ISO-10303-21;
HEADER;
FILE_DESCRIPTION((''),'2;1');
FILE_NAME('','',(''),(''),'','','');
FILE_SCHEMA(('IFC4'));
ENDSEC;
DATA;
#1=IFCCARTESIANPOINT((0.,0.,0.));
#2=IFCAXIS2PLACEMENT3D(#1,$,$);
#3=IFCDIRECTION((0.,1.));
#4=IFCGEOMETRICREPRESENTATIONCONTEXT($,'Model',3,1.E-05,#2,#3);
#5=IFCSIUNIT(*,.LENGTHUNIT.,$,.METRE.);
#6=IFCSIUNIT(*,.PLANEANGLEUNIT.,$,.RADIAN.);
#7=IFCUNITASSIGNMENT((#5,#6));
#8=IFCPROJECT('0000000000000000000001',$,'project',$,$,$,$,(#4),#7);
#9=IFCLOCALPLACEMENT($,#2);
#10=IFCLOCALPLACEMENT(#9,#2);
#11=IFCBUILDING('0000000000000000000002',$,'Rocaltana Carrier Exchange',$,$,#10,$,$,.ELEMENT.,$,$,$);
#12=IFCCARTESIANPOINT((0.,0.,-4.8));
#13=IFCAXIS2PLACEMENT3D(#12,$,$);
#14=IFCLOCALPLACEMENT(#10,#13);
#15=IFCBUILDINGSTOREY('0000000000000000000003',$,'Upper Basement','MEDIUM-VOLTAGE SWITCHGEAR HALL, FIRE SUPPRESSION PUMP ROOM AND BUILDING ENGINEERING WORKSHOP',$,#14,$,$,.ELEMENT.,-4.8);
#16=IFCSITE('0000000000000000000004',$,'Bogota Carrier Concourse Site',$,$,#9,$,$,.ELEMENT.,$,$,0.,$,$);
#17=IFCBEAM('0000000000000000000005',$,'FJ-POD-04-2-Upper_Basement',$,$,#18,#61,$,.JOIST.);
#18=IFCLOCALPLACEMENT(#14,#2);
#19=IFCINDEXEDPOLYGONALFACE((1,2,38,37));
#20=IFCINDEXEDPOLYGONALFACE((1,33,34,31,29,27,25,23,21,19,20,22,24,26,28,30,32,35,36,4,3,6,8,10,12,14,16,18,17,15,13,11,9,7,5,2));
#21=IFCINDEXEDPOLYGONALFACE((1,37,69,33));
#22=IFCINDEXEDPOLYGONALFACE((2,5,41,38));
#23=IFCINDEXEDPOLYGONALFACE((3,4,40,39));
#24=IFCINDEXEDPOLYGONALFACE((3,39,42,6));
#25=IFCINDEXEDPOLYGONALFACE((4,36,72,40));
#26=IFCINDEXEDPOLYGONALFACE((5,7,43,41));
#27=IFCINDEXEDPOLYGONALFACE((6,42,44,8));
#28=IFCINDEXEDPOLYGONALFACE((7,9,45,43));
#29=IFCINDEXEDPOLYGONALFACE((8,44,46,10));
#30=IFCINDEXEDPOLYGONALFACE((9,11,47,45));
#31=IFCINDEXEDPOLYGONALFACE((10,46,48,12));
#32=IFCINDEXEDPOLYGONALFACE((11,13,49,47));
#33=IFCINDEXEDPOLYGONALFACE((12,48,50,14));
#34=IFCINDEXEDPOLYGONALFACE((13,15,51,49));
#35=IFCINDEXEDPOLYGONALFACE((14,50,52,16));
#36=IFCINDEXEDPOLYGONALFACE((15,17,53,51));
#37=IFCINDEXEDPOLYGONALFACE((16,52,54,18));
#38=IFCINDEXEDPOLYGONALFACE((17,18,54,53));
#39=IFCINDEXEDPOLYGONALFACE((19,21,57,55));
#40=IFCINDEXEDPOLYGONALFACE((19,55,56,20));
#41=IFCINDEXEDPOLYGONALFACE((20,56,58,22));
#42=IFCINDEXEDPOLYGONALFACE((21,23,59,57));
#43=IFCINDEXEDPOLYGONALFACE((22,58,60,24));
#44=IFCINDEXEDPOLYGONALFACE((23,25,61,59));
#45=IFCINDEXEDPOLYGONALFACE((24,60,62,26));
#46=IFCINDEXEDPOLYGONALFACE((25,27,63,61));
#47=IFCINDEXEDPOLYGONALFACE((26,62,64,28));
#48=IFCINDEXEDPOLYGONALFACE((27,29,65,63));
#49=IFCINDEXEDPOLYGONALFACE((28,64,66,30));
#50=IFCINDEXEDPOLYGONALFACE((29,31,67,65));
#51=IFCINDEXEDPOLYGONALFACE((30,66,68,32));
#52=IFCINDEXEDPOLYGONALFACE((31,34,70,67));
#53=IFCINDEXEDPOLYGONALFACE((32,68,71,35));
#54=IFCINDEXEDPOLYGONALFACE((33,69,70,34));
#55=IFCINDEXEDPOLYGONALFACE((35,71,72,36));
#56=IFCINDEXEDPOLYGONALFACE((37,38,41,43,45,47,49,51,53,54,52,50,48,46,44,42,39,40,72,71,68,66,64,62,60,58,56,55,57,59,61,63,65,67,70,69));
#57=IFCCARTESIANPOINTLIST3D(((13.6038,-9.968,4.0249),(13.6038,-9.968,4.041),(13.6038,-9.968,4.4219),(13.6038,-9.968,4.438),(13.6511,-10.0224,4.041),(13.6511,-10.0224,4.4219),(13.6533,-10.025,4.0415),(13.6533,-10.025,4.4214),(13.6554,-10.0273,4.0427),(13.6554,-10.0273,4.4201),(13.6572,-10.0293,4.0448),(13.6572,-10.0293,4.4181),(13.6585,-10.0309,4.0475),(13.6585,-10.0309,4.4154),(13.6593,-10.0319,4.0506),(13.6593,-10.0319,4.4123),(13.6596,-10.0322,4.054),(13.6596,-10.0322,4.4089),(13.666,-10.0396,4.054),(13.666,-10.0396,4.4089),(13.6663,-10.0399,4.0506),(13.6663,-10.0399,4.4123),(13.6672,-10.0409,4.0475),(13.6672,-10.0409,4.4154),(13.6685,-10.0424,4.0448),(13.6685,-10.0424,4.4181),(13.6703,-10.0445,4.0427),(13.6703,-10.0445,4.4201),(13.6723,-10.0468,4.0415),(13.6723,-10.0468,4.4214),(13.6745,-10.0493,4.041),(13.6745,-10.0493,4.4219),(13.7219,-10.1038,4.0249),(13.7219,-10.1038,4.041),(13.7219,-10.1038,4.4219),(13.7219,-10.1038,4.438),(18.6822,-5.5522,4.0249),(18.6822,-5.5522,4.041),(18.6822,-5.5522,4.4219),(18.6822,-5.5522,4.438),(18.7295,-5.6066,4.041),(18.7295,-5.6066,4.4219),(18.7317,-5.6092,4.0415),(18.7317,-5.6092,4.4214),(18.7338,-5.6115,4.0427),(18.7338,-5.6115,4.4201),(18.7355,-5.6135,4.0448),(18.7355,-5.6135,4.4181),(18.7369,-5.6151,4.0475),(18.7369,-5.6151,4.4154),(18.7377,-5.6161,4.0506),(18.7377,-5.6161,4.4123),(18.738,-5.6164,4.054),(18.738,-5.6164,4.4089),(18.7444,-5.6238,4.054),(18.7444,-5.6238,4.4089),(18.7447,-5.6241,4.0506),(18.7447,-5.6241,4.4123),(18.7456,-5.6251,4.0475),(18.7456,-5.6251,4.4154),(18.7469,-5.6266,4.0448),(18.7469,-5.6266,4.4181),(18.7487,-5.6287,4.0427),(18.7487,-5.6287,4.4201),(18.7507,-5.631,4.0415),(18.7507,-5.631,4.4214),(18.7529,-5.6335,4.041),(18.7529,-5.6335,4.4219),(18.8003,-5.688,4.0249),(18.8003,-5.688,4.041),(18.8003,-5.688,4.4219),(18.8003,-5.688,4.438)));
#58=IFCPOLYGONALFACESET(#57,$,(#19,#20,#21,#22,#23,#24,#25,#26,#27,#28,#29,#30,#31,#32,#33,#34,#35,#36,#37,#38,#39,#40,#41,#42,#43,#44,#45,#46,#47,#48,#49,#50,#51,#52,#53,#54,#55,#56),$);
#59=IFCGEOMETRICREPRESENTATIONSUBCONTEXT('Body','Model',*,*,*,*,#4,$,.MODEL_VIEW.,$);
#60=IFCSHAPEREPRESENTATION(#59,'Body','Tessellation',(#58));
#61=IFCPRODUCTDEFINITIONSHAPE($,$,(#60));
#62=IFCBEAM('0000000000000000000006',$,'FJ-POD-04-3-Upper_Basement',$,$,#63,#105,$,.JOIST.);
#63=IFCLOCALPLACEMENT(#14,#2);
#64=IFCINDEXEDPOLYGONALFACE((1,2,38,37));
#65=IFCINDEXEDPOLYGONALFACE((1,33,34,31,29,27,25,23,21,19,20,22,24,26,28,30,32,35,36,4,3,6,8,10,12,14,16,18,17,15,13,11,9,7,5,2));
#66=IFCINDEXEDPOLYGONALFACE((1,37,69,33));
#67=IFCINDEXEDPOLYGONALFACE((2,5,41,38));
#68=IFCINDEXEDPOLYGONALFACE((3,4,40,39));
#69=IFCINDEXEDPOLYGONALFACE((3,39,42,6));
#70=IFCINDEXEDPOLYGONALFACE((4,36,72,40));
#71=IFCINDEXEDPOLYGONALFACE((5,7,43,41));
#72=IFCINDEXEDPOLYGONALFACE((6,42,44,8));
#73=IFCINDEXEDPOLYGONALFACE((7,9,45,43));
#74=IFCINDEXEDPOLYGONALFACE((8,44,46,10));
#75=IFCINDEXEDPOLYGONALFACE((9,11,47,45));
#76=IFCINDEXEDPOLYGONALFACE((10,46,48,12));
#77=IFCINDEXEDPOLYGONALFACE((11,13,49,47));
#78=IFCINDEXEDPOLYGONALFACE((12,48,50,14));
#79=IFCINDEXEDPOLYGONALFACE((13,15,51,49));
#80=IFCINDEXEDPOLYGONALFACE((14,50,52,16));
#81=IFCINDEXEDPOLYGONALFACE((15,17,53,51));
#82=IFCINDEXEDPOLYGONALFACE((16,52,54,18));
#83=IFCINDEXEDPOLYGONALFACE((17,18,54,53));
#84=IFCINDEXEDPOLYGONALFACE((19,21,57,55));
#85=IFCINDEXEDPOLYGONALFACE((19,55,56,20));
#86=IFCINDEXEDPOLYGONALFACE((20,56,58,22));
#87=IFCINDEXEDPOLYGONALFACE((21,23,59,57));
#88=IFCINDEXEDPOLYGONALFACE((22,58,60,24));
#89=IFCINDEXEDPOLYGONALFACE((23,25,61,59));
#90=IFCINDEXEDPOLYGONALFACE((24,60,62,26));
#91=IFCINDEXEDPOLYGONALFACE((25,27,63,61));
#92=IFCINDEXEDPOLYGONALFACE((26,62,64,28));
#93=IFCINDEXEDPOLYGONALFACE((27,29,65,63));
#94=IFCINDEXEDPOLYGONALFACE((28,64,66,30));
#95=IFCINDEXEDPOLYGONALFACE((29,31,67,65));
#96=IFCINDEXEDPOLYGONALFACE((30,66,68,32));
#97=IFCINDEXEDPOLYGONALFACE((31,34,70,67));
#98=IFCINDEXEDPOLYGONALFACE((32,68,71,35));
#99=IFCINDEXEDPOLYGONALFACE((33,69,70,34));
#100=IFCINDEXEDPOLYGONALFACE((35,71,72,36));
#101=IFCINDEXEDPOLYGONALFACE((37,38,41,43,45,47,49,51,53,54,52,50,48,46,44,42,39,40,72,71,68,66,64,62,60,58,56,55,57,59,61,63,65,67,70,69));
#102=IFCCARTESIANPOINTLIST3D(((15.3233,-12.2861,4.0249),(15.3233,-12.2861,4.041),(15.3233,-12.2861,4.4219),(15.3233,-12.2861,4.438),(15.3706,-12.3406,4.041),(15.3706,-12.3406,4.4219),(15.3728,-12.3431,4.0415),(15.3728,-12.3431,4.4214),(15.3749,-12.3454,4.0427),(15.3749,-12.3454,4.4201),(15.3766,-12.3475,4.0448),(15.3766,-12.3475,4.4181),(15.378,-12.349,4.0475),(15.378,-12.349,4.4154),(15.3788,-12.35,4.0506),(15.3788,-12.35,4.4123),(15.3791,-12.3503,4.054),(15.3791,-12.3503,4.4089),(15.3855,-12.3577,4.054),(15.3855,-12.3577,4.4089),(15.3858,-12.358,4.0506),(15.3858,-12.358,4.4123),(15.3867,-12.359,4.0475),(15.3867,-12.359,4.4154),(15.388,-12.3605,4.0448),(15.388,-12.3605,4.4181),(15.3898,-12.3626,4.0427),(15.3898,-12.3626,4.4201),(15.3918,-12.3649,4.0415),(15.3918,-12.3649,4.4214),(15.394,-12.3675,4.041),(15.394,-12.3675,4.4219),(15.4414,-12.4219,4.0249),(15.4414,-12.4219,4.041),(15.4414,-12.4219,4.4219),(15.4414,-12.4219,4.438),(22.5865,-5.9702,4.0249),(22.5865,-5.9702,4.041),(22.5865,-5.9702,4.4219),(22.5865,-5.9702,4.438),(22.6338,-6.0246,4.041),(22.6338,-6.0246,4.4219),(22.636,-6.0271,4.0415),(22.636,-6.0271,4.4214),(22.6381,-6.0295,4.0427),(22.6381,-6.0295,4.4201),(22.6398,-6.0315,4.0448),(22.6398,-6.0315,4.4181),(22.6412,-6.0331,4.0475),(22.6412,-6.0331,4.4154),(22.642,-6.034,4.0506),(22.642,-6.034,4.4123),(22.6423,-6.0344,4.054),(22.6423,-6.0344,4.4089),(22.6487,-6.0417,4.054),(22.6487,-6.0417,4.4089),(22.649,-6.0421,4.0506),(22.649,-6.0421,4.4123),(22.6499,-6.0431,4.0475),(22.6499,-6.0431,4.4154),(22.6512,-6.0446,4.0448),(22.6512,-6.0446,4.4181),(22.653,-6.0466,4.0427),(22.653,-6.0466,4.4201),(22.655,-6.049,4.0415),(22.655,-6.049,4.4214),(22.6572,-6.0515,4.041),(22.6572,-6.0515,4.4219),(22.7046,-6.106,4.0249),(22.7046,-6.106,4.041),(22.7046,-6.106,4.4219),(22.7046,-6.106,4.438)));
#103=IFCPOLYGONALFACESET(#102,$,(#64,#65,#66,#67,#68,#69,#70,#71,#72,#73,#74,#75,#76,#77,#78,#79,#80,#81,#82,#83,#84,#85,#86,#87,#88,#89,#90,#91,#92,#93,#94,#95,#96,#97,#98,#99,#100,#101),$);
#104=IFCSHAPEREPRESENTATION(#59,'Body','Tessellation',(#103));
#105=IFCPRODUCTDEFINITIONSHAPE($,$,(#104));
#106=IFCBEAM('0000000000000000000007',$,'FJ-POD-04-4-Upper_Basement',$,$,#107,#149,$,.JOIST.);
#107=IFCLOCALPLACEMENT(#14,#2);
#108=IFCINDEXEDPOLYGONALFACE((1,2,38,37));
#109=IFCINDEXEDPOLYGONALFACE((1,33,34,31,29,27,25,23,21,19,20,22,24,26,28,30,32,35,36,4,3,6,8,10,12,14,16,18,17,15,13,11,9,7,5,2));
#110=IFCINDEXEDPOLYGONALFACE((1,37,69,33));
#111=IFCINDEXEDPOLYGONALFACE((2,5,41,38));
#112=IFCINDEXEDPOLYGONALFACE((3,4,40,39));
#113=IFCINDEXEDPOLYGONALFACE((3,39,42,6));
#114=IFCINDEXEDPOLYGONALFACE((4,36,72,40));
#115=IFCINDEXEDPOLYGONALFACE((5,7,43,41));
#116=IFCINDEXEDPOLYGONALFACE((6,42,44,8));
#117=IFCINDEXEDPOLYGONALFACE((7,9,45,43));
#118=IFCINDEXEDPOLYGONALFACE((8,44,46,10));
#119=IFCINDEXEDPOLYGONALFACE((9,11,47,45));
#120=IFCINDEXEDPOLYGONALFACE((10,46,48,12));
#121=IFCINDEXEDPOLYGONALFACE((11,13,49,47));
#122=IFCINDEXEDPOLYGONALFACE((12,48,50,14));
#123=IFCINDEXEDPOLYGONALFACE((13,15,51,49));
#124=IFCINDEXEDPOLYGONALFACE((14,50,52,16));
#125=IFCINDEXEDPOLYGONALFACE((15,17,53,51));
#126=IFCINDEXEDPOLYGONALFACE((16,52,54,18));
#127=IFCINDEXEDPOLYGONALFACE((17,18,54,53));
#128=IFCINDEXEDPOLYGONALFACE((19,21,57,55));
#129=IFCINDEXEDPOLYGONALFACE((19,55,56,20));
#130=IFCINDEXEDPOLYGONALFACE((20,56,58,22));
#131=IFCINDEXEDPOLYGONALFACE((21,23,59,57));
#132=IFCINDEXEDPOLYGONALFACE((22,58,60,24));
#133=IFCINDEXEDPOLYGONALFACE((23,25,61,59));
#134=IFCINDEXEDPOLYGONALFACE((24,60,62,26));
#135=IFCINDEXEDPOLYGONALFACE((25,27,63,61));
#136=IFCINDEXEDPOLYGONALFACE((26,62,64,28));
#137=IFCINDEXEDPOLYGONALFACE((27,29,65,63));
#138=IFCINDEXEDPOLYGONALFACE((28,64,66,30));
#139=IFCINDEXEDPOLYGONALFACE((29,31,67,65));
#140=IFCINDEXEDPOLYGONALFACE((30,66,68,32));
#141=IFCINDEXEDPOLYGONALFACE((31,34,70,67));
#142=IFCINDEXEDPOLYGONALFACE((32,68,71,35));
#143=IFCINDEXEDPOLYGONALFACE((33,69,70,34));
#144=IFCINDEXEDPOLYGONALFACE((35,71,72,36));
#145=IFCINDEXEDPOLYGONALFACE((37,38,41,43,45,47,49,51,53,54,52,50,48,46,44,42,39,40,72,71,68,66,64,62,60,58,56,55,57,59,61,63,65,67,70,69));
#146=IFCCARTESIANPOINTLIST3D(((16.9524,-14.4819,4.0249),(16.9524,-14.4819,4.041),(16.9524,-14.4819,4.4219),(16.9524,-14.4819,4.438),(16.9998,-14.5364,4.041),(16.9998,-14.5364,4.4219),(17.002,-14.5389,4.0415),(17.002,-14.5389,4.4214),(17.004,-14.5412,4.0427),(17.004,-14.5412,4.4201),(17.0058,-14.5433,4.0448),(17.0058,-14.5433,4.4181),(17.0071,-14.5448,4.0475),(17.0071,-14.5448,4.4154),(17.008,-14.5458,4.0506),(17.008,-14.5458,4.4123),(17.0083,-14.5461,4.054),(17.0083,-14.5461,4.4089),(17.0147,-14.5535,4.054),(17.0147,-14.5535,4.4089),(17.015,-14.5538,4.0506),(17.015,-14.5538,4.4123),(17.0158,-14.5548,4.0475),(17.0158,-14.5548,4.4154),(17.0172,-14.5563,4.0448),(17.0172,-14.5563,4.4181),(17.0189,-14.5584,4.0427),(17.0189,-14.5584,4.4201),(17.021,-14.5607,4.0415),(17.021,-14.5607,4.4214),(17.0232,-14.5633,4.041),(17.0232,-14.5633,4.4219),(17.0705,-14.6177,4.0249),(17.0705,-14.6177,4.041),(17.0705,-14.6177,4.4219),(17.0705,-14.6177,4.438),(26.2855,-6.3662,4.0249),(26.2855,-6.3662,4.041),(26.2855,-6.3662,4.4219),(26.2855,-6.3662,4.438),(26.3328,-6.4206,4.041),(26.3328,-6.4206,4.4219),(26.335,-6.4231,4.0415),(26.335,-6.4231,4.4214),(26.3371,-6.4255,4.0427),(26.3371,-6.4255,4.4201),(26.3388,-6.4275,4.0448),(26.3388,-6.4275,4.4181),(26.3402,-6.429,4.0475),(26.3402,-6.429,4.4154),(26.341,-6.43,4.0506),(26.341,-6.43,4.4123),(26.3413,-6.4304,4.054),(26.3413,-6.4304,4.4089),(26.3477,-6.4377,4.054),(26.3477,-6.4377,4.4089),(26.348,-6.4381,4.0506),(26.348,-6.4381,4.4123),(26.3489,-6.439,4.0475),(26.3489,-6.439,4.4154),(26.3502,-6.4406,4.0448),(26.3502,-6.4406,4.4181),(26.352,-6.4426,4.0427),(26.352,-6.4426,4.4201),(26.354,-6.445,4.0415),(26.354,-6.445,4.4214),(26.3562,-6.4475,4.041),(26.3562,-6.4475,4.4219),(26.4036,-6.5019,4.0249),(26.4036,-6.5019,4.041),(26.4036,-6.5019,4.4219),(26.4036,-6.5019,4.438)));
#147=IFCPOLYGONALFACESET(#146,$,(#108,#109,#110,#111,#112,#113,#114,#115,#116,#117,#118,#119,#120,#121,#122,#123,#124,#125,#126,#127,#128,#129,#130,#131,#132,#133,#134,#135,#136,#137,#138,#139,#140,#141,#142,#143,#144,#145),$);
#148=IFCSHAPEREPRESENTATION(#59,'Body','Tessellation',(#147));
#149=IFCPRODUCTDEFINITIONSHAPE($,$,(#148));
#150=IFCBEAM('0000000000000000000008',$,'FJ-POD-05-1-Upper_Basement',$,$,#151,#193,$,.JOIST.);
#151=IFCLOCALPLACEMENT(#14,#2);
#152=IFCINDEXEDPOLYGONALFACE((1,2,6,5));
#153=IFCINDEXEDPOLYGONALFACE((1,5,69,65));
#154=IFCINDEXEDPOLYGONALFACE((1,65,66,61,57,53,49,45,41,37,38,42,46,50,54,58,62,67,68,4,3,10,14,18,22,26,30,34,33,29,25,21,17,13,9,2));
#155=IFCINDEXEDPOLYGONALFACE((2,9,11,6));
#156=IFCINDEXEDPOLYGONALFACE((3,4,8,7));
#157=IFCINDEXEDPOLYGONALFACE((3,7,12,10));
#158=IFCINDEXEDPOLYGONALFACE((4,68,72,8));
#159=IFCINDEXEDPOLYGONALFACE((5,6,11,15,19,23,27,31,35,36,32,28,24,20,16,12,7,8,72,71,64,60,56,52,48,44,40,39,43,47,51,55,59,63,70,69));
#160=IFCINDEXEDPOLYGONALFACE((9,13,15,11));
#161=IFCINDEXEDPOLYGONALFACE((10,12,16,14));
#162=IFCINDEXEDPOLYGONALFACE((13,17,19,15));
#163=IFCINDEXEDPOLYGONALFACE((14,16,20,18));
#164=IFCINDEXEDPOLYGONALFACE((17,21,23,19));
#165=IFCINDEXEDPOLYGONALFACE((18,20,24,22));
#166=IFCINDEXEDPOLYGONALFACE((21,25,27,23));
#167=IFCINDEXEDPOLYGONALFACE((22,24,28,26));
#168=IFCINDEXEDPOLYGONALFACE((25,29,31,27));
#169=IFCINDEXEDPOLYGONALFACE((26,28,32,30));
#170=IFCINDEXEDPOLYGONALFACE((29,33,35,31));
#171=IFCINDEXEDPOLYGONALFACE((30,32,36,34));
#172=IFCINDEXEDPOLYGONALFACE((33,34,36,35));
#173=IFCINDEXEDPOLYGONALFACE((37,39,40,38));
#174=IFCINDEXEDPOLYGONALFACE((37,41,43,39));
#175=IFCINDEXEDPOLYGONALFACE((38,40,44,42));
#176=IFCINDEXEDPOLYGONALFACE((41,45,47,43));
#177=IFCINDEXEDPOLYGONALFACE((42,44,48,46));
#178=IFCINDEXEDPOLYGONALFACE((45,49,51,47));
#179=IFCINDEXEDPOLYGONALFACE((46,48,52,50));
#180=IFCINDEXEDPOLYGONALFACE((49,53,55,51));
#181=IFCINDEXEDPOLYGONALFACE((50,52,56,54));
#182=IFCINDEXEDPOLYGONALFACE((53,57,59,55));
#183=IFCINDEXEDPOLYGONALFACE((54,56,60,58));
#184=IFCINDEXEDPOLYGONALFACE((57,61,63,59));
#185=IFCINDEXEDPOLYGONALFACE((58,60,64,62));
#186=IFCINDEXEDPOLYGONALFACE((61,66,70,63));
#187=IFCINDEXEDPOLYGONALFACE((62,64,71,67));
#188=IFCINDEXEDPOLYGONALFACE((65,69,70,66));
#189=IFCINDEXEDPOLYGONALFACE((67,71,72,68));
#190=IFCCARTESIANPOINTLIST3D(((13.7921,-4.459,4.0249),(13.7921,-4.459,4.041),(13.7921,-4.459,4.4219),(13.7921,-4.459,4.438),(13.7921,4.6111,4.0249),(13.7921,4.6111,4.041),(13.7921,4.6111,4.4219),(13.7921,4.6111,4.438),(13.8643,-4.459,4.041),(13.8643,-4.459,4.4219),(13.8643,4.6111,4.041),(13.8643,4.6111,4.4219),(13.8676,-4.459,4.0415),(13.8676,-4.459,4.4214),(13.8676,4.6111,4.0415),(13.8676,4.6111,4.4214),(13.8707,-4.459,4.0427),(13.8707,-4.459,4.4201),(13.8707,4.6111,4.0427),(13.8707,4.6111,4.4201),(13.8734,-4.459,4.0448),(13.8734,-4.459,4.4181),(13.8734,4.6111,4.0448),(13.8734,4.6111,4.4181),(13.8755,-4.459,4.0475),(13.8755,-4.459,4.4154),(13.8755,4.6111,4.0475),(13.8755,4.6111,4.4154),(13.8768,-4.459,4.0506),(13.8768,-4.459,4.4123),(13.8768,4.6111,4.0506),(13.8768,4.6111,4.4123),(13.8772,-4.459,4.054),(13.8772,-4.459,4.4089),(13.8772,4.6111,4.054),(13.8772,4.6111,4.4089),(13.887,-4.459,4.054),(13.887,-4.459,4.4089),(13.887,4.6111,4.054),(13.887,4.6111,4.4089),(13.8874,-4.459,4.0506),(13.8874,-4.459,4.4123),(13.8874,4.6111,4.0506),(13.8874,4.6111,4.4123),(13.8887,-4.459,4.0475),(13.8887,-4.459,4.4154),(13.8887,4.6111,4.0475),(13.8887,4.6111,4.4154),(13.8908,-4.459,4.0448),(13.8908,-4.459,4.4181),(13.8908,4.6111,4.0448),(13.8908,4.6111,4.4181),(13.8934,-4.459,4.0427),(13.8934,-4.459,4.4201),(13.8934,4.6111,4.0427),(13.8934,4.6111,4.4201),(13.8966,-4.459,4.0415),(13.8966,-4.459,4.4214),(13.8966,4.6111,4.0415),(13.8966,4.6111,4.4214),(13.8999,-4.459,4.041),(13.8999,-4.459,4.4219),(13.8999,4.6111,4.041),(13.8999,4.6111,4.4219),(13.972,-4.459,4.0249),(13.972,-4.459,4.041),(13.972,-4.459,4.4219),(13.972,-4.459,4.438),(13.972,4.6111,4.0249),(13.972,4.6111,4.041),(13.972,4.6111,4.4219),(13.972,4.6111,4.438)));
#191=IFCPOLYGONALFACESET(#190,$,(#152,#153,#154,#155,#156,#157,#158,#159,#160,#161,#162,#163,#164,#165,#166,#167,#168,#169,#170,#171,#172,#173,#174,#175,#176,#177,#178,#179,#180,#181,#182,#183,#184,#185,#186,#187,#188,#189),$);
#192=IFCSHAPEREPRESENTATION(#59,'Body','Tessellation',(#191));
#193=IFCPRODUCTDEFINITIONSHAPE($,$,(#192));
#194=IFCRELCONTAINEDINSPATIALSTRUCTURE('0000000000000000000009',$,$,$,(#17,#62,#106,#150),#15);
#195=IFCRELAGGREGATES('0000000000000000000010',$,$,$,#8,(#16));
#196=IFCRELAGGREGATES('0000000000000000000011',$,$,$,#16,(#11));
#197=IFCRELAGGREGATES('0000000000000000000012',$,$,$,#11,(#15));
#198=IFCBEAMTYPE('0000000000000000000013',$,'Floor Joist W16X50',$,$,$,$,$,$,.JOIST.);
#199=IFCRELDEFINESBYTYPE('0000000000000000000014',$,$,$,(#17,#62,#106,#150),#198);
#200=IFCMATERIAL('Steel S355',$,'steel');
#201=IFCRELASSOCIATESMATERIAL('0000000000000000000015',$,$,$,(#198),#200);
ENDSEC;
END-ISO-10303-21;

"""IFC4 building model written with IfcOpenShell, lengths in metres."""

from ifc_helpers import new_model, si_unit, direction, frame, origin, origin_2d, place, context, subcontext, project, spatial, i_section, extrude, material, material_profile, profile_set, type_object, element, save


model = new_model("IFC4")

# Units and contexts
model_context = context("Model", 3, precision=1e-05, world=origin(), true_north=direction((0.0, 1.0)))
body_context = subcontext(model_context, "Body", "Model", "MODEL_VIEW")
ifc_project = project(units=[si_unit("LENGTHUNIT", "METRE"), si_unit("PLANEANGLEUNIT", "RADIAN")], contexts=[model_context])

# Site, building, storey
site_placement = place(None, origin())
site = spatial("IfcSite", under=ifc_project, at=site_placement, Name="Bogota Carrier Concourse Site", CompositionType="ELEMENT", RefElevation=0.0)
building_placement = place(site_placement, origin())
building = spatial("IfcBuilding", under=site, at=building_placement, Name="Rocaltana Carrier Exchange", CompositionType="ELEMENT")
storey_placement = place(building_placement, frame((0.0, 0.0, -4.8)))
storey = spatial("IfcBuildingStorey", under=building, at=storey_placement, Name="Upper Basement", Description="MEDIUM-VOLTAGE SWITCHGEAR HALL, FIRE SUPPRESSION PUMP ROOM AND BUILDING ENGINEERING WORKSHOP", CompositionType="ELEMENT", Elevation=-4.8)

# Beams
ifc_material_1 = material(Name="Steel S355", Category="steel")
ifc_material_profile_1 = material_profile(ifc_material_1, i_section(OverallWidth=0.1799, OverallDepth=0.4131, WebThickness=0.0098, FlangeThickness=0.0161, FilletRadius=0.0129, at=origin_2d()), Name="W16X50")
ifc_profile_set_1 = profile_set([ifc_material_profile_1], Name="Steel S355")
beam_type_1 = type_object("IfcBeamType", Name="Floor Joist W16X50", PredefinedType="JOIST", material=ifc_profile_set_1)
beam_1_placement = place(storey_placement, frame((13.6628, -10.0359, 4.2314), z_axis=(0.75462, 0.656162, 0.0), x_axis=(-0.656162, 0.75462, 0.0)))
element("IfcBeam", 1, at=beam_1_placement, inside=storey, type_object=beam_type_1, Name="FJ-POD-04-2-Upper_Basement", PredefinedType="JOIST", context=body_context, shape_type="SweptSolid", body=[
    extrude(i_section(OverallWidth=0.1799, OverallDepth=0.4131, WebThickness=0.0098, FlangeThickness=0.0161, FilletRadius=0.0129, at=origin_2d()), origin(), (0.0, 0.0, 1.0), 6.7297),
])
beam_2_placement = place(storey_placement, frame((15.3823, -12.354, 4.2314), z_axis=(0.7546, 0.656185, 0.0), x_axis=(-0.656185, 0.7546, 0.0)))
element("IfcBeam", 2, at=beam_2_placement, inside=storey, type_object=beam_type_1, Name="FJ-POD-04-3-Upper_Basement", PredefinedType="JOIST", context=body_context, shape_type="SweptSolid", body=[
    extrude(i_section(OverallWidth=0.1799, OverallDepth=0.4131, WebThickness=0.0098, FlangeThickness=0.0161, FilletRadius=0.0129, at=origin_2d()), origin(), (0.0, 0.0, 1.0), 9.6252),
])
beam_3_placement = place(storey_placement, frame((17.0115, -14.5498, 4.2314), z_axis=(0.754603, 0.656182, 0.0), x_axis=(-0.656182, 0.754603, 0.0)))
element("IfcBeam", 3, at=beam_3_placement, inside=storey, type_object=beam_type_1, Name="FJ-POD-04-4-Upper_Basement", PredefinedType="JOIST", context=body_context, shape_type="SweptSolid", body=[
    extrude(i_section(OverallWidth=0.1799, OverallDepth=0.4131, WebThickness=0.0098, FlangeThickness=0.0161, FilletRadius=0.0129, at=origin_2d()), origin(), (0.0, 0.0, 1.0), 12.3682),
])
beam_4_placement = place(storey_placement, frame((13.8821, -4.459, 4.2314), z_axis=(0.0, 1.0, 0.0), x_axis=(-1.0, 0.0, 0.0)))
element("IfcBeam", 4, at=beam_4_placement, inside=storey, type_object=beam_type_1, Name="FJ-POD-05-1-Upper_Basement", PredefinedType="JOIST", context=body_context, shape_type="SweptSolid", body=[
    extrude(i_section(OverallWidth=0.1799, OverallDepth=0.4131, WebThickness=0.0098, FlangeThickness=0.0161, FilletRadius=0.0129, at=origin_2d()), origin(), (0.0, 0.0, 1.0), 9.0701),
])

save(model, "model.ifc")
